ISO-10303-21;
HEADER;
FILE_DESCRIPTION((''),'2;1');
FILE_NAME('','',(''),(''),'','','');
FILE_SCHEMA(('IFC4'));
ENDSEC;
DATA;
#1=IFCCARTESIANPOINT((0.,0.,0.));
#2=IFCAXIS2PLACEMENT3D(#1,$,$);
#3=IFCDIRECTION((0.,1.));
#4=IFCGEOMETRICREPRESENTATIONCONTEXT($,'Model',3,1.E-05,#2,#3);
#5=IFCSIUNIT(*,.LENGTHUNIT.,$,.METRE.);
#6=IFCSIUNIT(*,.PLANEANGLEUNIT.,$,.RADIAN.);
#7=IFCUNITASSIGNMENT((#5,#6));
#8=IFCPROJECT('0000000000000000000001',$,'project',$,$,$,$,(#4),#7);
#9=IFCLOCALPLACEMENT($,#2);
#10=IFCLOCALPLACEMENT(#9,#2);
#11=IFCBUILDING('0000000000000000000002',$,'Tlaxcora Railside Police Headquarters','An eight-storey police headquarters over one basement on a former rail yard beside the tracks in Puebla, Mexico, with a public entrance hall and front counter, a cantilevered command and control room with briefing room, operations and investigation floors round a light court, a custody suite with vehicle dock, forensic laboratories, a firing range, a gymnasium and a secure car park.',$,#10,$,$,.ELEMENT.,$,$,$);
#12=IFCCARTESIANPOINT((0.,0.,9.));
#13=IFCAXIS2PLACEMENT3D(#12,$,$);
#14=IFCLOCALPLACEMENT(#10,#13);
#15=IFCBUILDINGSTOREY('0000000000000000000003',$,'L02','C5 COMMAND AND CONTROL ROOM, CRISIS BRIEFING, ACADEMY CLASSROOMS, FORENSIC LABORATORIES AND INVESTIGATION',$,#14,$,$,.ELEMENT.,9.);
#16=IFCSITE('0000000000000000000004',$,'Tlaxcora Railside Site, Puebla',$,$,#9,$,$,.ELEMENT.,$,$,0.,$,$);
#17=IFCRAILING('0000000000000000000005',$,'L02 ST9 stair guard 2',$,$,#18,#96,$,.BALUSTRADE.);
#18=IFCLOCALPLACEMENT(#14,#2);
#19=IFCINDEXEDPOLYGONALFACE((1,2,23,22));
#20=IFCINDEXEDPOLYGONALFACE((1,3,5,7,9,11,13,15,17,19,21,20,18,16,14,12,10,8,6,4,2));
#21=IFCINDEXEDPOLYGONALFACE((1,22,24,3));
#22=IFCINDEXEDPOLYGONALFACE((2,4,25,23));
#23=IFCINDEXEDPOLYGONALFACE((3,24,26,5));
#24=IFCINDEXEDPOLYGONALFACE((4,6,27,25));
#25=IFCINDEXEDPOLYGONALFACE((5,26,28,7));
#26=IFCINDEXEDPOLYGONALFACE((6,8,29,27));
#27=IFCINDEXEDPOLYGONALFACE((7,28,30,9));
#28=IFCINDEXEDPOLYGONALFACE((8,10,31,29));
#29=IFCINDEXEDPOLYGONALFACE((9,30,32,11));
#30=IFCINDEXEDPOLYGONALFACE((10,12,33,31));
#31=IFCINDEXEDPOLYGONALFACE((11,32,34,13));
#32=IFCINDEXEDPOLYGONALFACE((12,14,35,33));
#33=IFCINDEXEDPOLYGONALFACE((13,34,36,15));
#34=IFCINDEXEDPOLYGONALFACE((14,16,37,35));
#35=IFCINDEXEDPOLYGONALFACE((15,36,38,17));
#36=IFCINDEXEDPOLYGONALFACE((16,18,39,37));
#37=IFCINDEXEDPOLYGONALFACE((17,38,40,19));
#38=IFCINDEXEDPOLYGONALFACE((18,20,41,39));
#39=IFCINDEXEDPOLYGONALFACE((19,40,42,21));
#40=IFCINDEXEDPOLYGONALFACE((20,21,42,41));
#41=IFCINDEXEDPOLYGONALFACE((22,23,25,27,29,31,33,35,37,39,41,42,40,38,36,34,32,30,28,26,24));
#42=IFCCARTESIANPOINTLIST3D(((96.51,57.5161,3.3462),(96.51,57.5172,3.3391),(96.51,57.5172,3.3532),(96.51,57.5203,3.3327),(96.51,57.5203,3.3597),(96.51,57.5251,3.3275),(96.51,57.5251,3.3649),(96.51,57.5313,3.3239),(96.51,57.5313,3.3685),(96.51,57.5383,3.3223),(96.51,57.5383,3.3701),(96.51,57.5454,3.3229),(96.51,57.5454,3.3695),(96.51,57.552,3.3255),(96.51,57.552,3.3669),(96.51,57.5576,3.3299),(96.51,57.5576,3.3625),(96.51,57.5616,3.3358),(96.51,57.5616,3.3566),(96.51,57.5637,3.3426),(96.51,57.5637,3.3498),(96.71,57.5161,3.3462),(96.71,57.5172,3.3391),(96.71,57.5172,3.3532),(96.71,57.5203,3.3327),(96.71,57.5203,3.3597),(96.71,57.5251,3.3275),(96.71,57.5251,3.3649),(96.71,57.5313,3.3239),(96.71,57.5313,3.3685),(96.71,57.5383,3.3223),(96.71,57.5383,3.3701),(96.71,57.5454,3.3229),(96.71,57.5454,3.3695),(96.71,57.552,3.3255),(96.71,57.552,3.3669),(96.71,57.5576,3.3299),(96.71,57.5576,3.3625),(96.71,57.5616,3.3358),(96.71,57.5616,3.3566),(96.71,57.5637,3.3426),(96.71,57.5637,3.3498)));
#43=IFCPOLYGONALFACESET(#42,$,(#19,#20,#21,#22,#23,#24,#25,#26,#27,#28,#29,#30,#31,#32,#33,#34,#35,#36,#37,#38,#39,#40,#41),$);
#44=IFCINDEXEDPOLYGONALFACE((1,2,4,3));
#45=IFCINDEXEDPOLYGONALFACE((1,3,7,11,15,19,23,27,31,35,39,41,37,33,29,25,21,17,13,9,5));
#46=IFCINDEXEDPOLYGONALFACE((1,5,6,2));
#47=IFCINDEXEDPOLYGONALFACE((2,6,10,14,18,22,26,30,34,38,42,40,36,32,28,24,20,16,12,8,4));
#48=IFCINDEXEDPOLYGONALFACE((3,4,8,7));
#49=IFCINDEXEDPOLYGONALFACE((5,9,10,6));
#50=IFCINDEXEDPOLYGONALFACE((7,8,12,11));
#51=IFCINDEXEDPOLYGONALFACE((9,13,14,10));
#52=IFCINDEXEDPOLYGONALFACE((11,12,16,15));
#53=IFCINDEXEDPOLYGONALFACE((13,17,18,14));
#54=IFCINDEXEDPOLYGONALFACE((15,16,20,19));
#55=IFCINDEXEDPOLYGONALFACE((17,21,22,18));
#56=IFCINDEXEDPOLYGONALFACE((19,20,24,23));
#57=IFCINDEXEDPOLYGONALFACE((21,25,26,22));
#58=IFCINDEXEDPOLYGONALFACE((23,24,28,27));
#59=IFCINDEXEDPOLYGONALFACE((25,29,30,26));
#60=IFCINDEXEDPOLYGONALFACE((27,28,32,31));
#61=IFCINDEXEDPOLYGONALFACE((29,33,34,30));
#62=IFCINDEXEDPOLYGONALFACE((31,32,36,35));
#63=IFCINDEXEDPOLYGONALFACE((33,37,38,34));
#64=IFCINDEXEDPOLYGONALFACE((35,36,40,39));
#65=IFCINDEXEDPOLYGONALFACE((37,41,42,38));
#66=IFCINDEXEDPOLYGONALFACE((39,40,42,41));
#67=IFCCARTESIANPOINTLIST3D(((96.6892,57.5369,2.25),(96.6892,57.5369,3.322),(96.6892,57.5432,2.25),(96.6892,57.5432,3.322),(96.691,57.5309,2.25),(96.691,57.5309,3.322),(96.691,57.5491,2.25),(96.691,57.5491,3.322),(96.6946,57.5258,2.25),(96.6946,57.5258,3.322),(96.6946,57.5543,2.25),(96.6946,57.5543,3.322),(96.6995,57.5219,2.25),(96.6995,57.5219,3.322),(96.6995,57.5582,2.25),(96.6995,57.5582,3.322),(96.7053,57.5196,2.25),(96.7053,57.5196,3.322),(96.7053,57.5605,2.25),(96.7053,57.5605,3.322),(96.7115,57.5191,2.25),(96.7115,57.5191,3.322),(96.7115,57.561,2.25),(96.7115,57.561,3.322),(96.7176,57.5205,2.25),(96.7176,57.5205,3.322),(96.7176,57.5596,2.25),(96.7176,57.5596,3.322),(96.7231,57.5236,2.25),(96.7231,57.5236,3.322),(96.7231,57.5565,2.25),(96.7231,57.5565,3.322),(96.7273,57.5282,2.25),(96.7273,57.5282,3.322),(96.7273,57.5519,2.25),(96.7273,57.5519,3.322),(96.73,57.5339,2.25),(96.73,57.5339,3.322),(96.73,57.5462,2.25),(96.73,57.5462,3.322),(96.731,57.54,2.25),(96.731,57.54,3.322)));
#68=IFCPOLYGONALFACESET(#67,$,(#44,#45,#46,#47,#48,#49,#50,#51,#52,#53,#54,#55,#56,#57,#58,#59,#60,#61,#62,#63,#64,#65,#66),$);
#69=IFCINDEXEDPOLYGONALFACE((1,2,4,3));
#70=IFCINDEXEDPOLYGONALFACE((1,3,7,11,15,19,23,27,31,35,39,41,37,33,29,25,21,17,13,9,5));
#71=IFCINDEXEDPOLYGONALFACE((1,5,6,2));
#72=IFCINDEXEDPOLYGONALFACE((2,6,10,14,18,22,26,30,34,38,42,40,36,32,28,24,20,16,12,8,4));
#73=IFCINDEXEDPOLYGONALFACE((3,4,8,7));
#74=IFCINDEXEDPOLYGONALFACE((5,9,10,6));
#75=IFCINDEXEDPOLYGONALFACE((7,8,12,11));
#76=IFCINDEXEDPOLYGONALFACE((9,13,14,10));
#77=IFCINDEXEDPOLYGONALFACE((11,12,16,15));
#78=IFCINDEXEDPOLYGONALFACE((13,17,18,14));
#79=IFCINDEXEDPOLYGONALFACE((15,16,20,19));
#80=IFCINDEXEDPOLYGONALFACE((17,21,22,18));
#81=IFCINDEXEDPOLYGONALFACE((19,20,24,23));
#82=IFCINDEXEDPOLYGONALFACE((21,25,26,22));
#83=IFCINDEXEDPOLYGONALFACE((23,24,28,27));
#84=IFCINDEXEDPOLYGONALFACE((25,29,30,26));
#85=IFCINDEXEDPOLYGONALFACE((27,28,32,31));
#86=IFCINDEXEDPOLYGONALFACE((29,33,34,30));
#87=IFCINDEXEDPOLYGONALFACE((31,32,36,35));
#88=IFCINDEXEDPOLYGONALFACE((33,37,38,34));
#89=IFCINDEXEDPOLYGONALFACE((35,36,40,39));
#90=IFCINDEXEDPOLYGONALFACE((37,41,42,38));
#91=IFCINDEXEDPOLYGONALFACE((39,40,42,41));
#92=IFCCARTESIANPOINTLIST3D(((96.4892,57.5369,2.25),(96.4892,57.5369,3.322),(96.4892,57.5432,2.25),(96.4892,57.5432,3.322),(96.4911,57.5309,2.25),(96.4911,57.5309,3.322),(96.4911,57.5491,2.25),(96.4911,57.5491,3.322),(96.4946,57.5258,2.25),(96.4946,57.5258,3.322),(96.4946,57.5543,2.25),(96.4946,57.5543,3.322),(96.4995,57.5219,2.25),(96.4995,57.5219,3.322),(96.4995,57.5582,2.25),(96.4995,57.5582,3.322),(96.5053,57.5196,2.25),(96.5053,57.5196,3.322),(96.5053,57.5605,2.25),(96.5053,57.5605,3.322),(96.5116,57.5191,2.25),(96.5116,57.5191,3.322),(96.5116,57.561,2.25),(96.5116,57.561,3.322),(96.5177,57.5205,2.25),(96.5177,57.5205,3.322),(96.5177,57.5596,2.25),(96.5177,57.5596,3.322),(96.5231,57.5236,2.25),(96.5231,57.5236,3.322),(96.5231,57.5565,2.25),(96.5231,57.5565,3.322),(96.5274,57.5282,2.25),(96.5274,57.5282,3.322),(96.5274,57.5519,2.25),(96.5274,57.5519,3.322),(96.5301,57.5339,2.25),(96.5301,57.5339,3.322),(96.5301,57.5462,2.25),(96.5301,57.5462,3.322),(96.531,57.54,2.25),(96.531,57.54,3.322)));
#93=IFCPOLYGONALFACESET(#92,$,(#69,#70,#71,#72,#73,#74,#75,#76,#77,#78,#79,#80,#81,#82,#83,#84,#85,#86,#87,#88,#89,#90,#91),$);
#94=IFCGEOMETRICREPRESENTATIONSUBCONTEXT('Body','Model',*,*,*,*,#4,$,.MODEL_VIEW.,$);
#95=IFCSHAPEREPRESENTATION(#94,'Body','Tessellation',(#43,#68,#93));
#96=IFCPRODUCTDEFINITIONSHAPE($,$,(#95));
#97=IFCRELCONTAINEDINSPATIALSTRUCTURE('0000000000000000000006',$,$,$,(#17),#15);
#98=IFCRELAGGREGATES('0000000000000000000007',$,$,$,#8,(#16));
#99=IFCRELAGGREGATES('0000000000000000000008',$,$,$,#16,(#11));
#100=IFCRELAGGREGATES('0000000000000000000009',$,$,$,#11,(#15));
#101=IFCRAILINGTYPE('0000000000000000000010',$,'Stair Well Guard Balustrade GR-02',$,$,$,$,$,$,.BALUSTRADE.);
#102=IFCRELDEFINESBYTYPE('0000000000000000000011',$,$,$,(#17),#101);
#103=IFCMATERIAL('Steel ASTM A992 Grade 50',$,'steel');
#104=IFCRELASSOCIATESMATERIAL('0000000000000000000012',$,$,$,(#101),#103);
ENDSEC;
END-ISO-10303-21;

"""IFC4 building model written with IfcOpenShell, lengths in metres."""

from ifc_helpers import new_model, si_unit, direction, frame, origin, origin_2d, place, context, subcontext, project, spatial, circle, extrude, material, type_object, element, save


model = new_model("IFC4")

# Units and contexts
model_context = context("Model", 3, precision=1e-05, world=origin(), true_north=direction((0.0, 1.0)))
body_context = subcontext(model_context, "Body", "Model", "MODEL_VIEW")
ifc_project = project(units=[si_unit("LENGTHUNIT", "METRE"), si_unit("PLANEANGLEUNIT", "RADIAN")], contexts=[model_context])

# Site, building, storey
site_placement = place(None, origin())
site = spatial("IfcSite", under=ifc_project, at=site_placement, Name="Tlaxcora Railside Site, Puebla", CompositionType="ELEMENT", RefElevation=0.0)
building_placement = place(site_placement, origin())
building = spatial("IfcBuilding", under=site, at=building_placement, Name="Tlaxcora Railside Police Headquarters", Description="An eight-storey police headquarters over one basement on a former rail yard beside the tracks in Puebla, Mexico, with a public entrance hall and front counter, a cantilevered command and control room with briefing room, operations and investigation floors round a light court, a custody suite with vehicle dock, forensic laboratories, a firing range, a gymnasium and a secure car park.", CompositionType="ELEMENT")
storey_placement = place(building_placement, frame((0.0, 0.0, 9.0)))
storey = spatial("IfcBuildingStorey", under=building, at=storey_placement, Name="L02", Description="C5 COMMAND AND CONTROL ROOM, CRISIS BRIEFING, ACADEMY CLASSROOMS, FORENSIC LABORATORIES AND INVESTIGATION", CompositionType="ELEMENT", Elevation=9.0)

# Shared definitions
ifc_material_1 = material(Name="Steel ASTM A992 Grade 50", Category="steel")

# Railing
railing_type_1 = type_object("IfcRailingType", Name="Stair Well Guard Balustrade GR-02", PredefinedType="BALUSTRADE", material=ifc_material_1)
railing_1_placement = place(storey_placement, frame((96.71, 57.54, 2.25)))
element("IfcRailing", 1, at=railing_1_placement, inside=storey, type_object=railing_type_1, Name="L02 ST9 stair guard 2", PredefinedType="BALUSTRADE", context=body_context, shape_type="SweptSolid", body=[
    extrude(circle(Radius=0.0239, at=origin_2d()), frame((0.0, 0.0, 1.0962), z_axis=(-1.0, 0.0, 0.0), x_axis=(0.0, -1.0, 0.0)), (0.0, 0.0, 1.0), 0.2),
    extrude(circle(Radius=0.021, at=origin_2d()), origin(), (0.0, 0.0, 1.0), 1.072),
    extrude(circle(Radius=0.021, at=origin_2d()), frame((-0.2, 0.0, 0.0)), (0.0, 0.0, 1.0), 1.072),
])

save(model, "model.ifc")
